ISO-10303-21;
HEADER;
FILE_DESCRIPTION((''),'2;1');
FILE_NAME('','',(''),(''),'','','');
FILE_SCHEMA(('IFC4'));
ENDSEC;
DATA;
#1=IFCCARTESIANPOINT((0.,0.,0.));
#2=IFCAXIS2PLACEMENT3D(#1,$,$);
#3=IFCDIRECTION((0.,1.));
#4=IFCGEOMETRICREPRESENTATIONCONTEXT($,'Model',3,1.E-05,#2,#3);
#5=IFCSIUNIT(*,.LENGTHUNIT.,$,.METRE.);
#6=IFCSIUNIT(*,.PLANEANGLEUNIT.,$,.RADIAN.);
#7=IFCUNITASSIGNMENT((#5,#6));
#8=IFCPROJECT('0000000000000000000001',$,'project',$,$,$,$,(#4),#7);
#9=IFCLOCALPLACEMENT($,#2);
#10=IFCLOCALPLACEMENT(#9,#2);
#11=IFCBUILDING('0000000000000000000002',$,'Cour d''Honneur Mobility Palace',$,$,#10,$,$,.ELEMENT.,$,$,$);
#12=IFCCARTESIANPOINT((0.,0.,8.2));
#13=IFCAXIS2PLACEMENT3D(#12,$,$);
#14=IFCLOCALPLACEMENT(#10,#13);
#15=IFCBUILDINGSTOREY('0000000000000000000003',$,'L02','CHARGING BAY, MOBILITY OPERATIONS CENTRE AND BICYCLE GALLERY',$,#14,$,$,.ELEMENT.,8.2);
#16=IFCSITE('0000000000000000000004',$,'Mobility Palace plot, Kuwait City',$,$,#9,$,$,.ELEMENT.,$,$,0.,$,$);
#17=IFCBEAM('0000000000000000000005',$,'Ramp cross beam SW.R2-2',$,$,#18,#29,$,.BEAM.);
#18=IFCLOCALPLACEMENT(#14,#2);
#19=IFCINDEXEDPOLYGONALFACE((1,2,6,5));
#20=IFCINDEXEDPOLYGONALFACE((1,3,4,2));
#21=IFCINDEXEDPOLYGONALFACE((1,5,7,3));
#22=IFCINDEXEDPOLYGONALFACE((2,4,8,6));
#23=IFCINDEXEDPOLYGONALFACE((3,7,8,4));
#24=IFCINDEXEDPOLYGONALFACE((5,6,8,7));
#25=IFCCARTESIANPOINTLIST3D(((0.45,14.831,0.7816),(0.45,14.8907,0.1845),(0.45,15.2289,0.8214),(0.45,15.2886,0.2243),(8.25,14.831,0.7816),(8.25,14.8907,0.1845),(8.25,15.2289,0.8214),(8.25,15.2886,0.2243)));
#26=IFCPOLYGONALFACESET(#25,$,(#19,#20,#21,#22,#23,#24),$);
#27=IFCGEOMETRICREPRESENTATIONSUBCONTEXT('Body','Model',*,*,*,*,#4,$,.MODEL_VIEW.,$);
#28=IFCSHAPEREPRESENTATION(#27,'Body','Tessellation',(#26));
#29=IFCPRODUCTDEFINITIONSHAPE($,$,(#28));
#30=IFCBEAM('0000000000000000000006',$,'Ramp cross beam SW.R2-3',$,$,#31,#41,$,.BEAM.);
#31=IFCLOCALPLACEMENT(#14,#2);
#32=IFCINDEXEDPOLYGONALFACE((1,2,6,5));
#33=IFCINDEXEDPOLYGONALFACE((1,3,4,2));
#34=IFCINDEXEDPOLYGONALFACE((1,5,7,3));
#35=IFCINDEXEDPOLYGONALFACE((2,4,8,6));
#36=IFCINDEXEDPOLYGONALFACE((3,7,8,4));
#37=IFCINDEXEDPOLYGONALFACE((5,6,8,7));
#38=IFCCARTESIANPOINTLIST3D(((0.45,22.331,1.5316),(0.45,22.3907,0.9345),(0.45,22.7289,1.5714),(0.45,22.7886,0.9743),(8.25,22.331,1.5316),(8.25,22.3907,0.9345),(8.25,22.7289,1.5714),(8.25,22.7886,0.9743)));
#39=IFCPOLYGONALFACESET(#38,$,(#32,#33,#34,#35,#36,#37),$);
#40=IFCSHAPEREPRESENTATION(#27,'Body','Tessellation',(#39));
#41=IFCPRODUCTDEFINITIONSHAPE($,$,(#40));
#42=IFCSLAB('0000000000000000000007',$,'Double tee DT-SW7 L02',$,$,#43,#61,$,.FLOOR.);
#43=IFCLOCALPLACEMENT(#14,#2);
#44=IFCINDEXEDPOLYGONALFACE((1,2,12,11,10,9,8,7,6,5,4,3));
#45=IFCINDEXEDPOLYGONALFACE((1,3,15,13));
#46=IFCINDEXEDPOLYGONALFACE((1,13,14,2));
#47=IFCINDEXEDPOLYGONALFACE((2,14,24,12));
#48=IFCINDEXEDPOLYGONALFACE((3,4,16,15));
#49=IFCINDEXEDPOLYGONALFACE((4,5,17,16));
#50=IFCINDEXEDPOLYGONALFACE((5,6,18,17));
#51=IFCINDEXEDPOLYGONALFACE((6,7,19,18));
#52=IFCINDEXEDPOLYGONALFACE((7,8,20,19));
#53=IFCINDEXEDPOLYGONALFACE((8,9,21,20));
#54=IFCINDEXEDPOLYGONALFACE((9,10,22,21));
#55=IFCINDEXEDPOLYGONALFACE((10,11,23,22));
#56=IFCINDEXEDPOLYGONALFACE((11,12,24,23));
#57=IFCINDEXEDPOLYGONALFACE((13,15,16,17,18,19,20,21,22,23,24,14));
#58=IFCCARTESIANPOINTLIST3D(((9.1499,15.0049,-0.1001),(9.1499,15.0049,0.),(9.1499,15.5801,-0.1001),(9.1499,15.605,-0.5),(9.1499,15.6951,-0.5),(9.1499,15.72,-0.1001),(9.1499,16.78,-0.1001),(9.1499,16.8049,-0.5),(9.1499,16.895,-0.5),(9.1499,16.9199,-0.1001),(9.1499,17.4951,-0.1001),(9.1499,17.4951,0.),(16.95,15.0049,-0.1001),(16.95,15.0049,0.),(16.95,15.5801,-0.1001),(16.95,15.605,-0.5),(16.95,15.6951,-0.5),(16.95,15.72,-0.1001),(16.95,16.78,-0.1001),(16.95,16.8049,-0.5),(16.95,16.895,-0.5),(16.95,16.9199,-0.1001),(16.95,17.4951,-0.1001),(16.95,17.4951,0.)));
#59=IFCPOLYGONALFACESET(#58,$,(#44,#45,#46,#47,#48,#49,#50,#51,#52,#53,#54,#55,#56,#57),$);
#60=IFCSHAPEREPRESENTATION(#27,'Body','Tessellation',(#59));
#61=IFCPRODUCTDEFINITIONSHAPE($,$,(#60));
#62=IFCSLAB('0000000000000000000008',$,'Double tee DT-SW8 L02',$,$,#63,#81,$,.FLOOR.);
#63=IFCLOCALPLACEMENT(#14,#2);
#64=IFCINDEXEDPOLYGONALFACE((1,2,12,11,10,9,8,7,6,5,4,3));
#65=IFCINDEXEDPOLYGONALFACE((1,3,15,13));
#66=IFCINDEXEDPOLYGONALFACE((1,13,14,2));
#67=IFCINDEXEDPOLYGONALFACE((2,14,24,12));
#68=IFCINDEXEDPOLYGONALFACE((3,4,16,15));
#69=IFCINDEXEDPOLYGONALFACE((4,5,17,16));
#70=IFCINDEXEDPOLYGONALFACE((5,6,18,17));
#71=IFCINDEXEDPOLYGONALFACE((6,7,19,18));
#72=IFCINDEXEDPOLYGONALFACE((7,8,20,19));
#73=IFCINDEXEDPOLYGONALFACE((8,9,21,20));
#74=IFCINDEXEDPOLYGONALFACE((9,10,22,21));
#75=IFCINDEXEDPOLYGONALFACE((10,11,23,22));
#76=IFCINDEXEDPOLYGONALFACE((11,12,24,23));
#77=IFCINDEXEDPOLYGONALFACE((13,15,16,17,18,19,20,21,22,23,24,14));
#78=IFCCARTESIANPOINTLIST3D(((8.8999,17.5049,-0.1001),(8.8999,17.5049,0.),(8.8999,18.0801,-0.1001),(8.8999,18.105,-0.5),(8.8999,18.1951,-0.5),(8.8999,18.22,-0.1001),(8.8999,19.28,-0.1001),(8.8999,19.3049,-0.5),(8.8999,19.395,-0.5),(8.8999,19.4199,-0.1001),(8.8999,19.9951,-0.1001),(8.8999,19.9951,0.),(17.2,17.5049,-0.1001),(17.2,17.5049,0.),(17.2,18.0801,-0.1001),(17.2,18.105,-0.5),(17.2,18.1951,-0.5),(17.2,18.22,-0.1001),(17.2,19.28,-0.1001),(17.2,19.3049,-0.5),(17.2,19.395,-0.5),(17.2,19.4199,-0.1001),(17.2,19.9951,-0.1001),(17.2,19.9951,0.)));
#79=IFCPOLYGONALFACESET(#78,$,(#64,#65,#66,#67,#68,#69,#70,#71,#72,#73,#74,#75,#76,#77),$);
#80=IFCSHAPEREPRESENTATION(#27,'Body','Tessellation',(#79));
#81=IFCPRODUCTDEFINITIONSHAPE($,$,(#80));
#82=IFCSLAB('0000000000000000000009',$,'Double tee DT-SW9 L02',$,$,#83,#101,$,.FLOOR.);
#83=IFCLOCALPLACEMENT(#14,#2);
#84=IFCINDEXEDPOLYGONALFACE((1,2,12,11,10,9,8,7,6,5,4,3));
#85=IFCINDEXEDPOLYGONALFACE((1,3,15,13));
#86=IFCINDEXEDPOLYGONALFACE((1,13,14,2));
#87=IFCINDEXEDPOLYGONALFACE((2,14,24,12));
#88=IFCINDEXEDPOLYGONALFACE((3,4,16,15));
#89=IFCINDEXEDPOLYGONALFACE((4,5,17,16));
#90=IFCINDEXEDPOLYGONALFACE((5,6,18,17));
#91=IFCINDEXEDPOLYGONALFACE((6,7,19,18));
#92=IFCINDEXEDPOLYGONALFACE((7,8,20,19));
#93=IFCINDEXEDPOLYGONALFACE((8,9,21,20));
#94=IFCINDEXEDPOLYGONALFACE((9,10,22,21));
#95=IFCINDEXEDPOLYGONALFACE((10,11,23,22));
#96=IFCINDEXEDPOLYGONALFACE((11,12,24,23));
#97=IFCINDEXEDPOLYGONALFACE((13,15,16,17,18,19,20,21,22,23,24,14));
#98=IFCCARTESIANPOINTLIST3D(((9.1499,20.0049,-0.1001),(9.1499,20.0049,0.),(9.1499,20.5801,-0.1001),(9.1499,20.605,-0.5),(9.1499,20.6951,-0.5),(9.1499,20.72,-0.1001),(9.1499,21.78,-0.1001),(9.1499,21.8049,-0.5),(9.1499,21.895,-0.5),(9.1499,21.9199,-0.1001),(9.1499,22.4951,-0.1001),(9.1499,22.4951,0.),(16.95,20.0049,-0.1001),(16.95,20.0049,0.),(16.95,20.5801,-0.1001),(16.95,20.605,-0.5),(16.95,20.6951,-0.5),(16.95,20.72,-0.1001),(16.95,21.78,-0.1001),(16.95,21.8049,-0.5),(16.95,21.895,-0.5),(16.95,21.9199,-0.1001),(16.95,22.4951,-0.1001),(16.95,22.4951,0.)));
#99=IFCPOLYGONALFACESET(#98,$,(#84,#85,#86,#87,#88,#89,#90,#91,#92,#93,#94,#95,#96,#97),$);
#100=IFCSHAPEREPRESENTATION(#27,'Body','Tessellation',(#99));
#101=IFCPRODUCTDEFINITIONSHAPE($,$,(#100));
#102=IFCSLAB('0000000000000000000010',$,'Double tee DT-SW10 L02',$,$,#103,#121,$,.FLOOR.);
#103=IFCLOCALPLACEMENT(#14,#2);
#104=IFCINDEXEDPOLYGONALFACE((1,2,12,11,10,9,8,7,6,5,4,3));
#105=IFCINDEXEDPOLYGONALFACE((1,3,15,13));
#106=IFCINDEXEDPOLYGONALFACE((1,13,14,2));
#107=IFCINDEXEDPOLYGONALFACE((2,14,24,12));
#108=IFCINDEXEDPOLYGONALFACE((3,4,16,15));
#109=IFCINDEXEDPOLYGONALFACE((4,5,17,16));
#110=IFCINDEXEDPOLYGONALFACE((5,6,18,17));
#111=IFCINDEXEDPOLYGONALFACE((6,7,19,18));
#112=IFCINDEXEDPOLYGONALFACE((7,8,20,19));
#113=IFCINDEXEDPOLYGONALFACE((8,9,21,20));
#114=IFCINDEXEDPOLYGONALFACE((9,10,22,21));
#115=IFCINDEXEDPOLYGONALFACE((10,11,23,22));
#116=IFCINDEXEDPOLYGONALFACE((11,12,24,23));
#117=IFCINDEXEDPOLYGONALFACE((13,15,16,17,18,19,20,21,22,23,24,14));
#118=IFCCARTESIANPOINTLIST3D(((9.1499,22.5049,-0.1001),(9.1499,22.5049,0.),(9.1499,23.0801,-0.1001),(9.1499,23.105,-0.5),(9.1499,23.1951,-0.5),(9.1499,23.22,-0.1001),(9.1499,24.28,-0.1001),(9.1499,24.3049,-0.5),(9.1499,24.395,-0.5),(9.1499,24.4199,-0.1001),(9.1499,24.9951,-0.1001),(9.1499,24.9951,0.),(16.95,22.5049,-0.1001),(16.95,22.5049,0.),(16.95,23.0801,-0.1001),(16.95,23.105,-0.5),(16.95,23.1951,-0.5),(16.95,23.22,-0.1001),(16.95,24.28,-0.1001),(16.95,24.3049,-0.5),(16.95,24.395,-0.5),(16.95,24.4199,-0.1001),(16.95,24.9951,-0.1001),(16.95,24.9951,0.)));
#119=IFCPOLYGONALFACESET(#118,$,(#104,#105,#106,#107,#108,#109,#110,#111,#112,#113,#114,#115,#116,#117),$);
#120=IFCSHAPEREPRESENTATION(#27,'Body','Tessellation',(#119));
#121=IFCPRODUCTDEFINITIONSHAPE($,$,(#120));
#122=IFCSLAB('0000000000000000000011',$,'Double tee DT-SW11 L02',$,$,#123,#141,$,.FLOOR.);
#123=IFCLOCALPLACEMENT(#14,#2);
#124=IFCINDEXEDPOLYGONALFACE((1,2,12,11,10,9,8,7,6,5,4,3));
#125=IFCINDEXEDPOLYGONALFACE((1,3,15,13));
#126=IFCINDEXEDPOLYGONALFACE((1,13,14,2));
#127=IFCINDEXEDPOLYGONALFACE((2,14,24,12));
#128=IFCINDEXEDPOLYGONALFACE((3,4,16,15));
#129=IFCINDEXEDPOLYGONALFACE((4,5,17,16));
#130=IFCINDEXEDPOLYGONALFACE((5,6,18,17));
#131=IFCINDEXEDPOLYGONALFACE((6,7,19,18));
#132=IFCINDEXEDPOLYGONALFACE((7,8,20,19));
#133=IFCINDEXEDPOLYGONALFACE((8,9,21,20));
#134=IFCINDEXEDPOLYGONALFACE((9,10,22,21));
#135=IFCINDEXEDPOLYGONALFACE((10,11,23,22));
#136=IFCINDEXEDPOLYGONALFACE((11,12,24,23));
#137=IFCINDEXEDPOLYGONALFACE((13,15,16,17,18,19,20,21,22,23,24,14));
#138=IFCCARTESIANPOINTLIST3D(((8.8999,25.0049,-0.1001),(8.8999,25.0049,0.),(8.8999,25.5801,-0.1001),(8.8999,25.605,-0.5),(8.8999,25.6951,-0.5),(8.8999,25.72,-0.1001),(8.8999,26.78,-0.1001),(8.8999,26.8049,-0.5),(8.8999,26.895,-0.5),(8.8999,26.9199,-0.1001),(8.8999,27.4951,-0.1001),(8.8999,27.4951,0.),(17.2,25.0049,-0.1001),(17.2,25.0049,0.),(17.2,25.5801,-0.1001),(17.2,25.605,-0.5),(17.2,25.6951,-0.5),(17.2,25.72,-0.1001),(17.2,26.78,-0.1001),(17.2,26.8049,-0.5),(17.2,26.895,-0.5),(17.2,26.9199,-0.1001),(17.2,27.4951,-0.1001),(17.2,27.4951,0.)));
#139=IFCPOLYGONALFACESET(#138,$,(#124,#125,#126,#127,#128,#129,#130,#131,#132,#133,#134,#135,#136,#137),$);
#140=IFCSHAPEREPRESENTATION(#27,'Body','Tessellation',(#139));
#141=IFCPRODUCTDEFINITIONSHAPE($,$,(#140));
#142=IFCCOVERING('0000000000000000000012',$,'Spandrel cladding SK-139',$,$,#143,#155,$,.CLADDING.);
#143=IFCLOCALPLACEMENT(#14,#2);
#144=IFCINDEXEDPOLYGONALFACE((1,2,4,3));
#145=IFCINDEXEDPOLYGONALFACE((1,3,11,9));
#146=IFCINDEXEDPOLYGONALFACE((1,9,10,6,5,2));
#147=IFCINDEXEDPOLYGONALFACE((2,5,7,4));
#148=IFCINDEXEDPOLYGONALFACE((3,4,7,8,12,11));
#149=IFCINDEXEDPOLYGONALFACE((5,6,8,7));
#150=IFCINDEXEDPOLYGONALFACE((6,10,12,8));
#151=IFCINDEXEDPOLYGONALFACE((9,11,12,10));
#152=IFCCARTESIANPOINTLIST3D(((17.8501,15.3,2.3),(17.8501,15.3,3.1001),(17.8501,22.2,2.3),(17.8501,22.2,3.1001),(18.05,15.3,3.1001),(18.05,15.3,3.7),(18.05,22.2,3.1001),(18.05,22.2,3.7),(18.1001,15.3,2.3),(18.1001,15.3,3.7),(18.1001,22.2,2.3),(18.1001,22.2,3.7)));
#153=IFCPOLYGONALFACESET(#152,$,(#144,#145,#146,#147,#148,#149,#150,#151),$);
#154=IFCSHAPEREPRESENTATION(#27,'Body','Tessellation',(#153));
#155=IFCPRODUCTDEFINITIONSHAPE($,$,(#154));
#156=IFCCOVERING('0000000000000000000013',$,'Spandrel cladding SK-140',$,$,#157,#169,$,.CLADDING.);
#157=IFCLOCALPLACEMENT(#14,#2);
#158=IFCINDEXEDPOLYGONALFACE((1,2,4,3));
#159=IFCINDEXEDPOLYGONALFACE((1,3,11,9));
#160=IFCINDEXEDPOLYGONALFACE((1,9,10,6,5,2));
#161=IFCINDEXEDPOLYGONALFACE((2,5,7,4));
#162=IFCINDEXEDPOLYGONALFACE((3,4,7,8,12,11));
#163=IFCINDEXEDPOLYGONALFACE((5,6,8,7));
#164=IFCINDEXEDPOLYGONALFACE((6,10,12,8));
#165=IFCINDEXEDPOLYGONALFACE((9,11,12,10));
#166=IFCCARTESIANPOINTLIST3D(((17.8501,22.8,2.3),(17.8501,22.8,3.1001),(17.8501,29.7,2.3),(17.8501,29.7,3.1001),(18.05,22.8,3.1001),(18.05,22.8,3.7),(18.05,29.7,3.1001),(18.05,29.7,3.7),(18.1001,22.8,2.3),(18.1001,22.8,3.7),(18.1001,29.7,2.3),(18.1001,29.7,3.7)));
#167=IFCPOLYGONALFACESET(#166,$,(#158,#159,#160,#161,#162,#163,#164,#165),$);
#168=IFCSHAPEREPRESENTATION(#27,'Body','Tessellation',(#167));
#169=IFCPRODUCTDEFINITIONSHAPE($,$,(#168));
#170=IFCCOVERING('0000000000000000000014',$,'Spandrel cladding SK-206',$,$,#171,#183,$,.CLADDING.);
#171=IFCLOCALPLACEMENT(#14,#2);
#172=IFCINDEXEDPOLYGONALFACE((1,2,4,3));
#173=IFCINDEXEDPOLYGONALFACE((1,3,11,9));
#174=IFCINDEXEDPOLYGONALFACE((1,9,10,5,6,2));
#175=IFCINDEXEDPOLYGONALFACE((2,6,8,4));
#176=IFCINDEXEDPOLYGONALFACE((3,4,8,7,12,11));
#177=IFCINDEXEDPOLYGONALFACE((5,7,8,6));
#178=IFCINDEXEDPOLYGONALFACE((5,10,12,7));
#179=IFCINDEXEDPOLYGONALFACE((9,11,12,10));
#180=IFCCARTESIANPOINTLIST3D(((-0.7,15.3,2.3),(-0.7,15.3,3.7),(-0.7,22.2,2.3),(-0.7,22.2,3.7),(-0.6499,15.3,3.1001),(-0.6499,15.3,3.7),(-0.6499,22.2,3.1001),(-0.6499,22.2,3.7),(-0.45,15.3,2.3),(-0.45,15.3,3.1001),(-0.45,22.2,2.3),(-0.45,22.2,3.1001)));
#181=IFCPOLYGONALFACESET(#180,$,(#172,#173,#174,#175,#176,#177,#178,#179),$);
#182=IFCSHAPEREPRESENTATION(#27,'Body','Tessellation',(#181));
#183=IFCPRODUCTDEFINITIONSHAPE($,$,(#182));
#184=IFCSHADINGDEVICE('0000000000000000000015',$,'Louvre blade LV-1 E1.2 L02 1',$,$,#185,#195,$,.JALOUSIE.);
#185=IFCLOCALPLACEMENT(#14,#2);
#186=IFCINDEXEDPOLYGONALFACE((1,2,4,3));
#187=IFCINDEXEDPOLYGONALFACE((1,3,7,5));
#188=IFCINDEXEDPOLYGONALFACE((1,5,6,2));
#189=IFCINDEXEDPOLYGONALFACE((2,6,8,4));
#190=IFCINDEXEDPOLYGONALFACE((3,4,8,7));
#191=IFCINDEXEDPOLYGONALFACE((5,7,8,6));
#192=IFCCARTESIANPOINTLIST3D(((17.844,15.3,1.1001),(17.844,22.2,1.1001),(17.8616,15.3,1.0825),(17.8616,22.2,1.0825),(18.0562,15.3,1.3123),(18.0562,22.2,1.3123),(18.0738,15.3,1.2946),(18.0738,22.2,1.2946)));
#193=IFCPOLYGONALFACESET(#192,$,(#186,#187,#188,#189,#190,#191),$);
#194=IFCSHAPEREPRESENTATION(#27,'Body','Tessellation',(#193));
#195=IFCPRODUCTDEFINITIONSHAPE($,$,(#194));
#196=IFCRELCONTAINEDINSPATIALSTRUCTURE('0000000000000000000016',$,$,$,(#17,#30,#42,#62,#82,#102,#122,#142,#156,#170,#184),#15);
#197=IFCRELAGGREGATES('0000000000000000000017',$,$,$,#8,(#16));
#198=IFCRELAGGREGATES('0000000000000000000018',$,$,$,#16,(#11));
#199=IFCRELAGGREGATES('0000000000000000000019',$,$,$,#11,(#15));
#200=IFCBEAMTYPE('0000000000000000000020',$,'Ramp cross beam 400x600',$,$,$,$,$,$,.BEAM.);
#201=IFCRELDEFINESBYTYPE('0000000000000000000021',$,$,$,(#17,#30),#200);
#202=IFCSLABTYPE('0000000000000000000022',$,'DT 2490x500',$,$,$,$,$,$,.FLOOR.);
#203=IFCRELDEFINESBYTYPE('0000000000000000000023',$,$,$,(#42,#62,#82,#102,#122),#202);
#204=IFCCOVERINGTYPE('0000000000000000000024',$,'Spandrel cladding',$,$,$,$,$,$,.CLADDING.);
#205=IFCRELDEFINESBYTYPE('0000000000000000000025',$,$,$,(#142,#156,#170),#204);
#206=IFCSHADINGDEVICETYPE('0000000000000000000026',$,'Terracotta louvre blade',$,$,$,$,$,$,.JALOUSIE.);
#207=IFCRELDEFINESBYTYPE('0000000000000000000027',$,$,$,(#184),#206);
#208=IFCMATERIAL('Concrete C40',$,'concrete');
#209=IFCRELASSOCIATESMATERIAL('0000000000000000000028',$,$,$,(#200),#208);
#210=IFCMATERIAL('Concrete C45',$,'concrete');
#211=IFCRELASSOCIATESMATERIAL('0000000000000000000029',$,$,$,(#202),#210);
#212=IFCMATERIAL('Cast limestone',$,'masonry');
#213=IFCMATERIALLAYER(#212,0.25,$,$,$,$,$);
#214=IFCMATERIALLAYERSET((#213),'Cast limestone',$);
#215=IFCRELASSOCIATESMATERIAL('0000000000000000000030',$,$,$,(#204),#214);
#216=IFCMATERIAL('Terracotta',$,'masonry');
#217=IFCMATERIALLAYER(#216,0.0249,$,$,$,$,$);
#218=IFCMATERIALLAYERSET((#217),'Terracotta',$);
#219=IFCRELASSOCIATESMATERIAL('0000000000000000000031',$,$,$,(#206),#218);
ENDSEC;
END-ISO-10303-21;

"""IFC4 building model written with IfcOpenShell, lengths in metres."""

from ifc_helpers import new_model, si_unit, direction, frame, origin, origin_2d, place, context, subcontext, project, spatial, polyline, rectangle, outline, extrude, material, layer, layer_set, material_profile, profile_set, type_object, element, save


model = new_model("IFC4")

# Units and contexts
model_context = context("Model", 3, precision=1e-05, world=origin(), true_north=direction((0.0, 1.0)))
body_context = subcontext(model_context, "Body", "Model", "MODEL_VIEW")
ifc_project = project(units=[si_unit("LENGTHUNIT", "METRE"), si_unit("PLANEANGLEUNIT", "RADIAN")], contexts=[model_context])

# Site, building, storey
site_placement = place(None, origin())
site = spatial("IfcSite", under=ifc_project, at=site_placement, Name="Mobility Palace plot, Kuwait City", CompositionType="ELEMENT", RefElevation=0.0)
building_placement = place(site_placement, origin())
building = spatial("IfcBuilding", under=site, at=building_placement, Name="Cour d'Honneur Mobility Palace", CompositionType="ELEMENT")
storey_placement = place(building_placement, frame((0.0, 0.0, 8.2)))
storey = spatial("IfcBuildingStorey", under=building, at=storey_placement, Name="L02", Description="CHARGING BAY, MOBILITY OPERATIONS CENTRE AND BICYCLE GALLERY", CompositionType="ELEMENT", Elevation=8.2)

# Beams
ifc_material_1 = material(Name="Concrete C40", Category="concrete")
ifc_material_profile_1 = material_profile(ifc_material_1, rectangle(XDim=0.3999, YDim=0.6001, at=origin_2d()), Name="Ramp cross beam 400x600")
ifc_profile_set_1 = profile_set([ifc_material_profile_1], Name="Concrete C40")
beam_type_1 = type_object("IfcBeamType", Name="Ramp cross beam 400x600", PredefinedType="BEAM", material=ifc_profile_set_1)
for number, where, z_axis, x_axis, name in (
    (1, (0.45, 15.0598, 0.5029), (1.0, 0.0, 0.0), (0.0, 0.995037, 0.099504), "Ramp cross beam SW.R2-2"),
    (2, (0.45, 22.5598, 1.2529), (1.0, 0.0, 0.0), (0.0, 0.995037, 0.099504), "Ramp cross beam SW.R2-3"),
):
    element("IfcBeam", number, at=place(storey_placement, frame(where, z_axis=z_axis, x_axis=x_axis)), inside=storey, type_object=beam_type_1, Name=name, PredefinedType="BEAM", context=body_context, shape_type="SweptSolid", body=[
        extrude(rectangle(XDim=0.3999, YDim=0.6001, at=origin_2d()), origin(), (0.0, 0.0, 1.0), 7.8),
    ])

# Slabs
ifc_material_2 = material(Name="Concrete C45", Category="concrete")
ifc_material_profile_2 = material_profile(ifc_material_2, outline(polyline([(-1.2451, 0.0), (1.2451, 0.0), (1.2451, -0.1001), (0.6699, -0.1001), (0.645, -0.5), (0.5549, -0.5), (0.53, -0.1001), (-0.53, -0.1001), (-0.5549, -0.5), (-0.645, -0.5), (-0.6699, -0.1001), (-1.2451, -0.1001), (-1.2451, 0.0)])), Name="DT 2490x500")
ifc_profile_set_2 = profile_set([ifc_material_profile_2], Name="Concrete C45")
slab_type = type_object("IfcSlabType", Name="DT 2490x500", PredefinedType="FLOOR", material=ifc_profile_set_2)
slab_1_placement = place(storey_placement, frame((9.1499, 16.25, 0.0), z_axis=(1.0, 0.0, 0.0), x_axis=(0.0, 1.0, 0.0)))
element("IfcSlab", 3, at=slab_1_placement, inside=storey, type_object=slab_type, Name="Double tee DT-SW7 L02", PredefinedType="FLOOR", context=body_context, shape_type="SweptSolid", body=[
    extrude(outline(polyline([(-1.2451, 0.0), (1.2451, 0.0), (1.2451, -0.1001), (0.6699, -0.1001), (0.645, -0.5), (0.5549, -0.5), (0.53, -0.1001), (-0.53, -0.1001), (-0.5549, -0.5), (-0.645, -0.5), (-0.6699, -0.1001), (-1.2451, -0.1001), (-1.2451, 0.0)])), origin(), (0.0, 0.0, 1.0), 7.8),
])
slab_2_placement = place(storey_placement, frame((8.8999, 18.75, 0.0), z_axis=(1.0, 0.0, 0.0), x_axis=(0.0, 1.0, 0.0)))
element("IfcSlab", 4, at=slab_2_placement, inside=storey, type_object=slab_type, Name="Double tee DT-SW8 L02", PredefinedType="FLOOR", context=body_context, shape_type="SweptSolid", body=[
    extrude(outline(polyline([(-1.2451, 0.0), (1.2451, 0.0), (1.2451, -0.1001), (0.6699, -0.1001), (0.645, -0.5), (0.5549, -0.5), (0.53, -0.1001), (-0.53, -0.1001), (-0.5549, -0.5), (-0.645, -0.5), (-0.6699, -0.1001), (-1.2451, -0.1001), (-1.2451, 0.0)])), origin(), (0.0, 0.0, 1.0), 8.3),
])
for number, where, z_axis, x_axis, name in (
    (5, (9.1499, 21.25, 0.0), (1.0, 0.0, 0.0), (0.0, 1.0, 0.0), "Double tee DT-SW9 L02"),
    (6, (9.1499, 23.75, 0.0), (1.0, 0.0, 0.0), (0.0, 1.0, 0.0), "Double tee DT-SW10 L02"),
):
    element("IfcSlab", number, at=place(storey_placement, frame(where, z_axis=z_axis, x_axis=x_axis)), inside=storey, type_object=slab_type, Name=name, PredefinedType="FLOOR", context=body_context, shape_type="SweptSolid", body=[
        extrude(outline(polyline([(-1.2451, 0.0), (1.2451, 0.0), (1.2451, -0.1001), (0.6699, -0.1001), (0.645, -0.5), (0.5549, -0.5), (0.53, -0.1001), (-0.53, -0.1001), (-0.5549, -0.5), (-0.645, -0.5), (-0.6699, -0.1001), (-1.2451, -0.1001), (-1.2451, 0.0)])), origin(), (0.0, 0.0, 1.0), 7.8),
    ])
slab_3_placement = place(storey_placement, frame((8.8999, 26.25, 0.0), z_axis=(1.0, 0.0, 0.0), x_axis=(0.0, 1.0, 0.0)))
element("IfcSlab", 7, at=slab_3_placement, inside=storey, type_object=slab_type, Name="Double tee DT-SW11 L02", PredefinedType="FLOOR", context=body_context, shape_type="SweptSolid", body=[
    extrude(outline(polyline([(-1.2451, 0.0), (1.2451, 0.0), (1.2451, -0.1001), (0.6699, -0.1001), (0.645, -0.5), (0.5549, -0.5), (0.53, -0.1001), (-0.53, -0.1001), (-0.5549, -0.5), (-0.645, -0.5), (-0.6699, -0.1001), (-1.2451, -0.1001), (-1.2451, 0.0)])), origin(), (0.0, 0.0, 1.0), 8.3),
])

# Coverings
ifc_material_3 = material(Name="Cast limestone", Category="masonry")
ifc_layer_1 = layer(ifc_material_3, 0.25)
ifc_layer_set_1 = layer_set([ifc_layer_1], Name="Cast limestone")
covering_type = type_object("IfcCoveringType", Name="Spandrel cladding", PredefinedType="CLADDING", material=ifc_layer_set_1)
for number, where, z_axis, x_axis, name in (
    (8, (17.8501, 15.3, 2.3), (0.0, -1.0, 0.0), (1.0, 0.0, 0.0), "Spandrel cladding SK-139"),
    (9, (17.8501, 22.8, 2.3), (0.0, -1.0, 0.0), (1.0, 0.0, 0.0), "Spandrel cladding SK-140"),
    (10, (-0.45, 22.2, 2.3), (0.0, 1.0, 0.0), (-1.0, 0.0, 0.0), "Spandrel cladding SK-206"),
):
    element("IfcCovering", number, at=place(storey_placement, frame(where, z_axis=z_axis, x_axis=x_axis)), inside=storey, type_object=covering_type, Name=name, PredefinedType="CLADDING", context=body_context, shape_type="SweptSolid", body=[
        extrude(outline(polyline([(0.0, 0.0), (0.25, 0.0), (0.25, 1.3999), (0.2, 1.3999), (0.2, 0.8), (0.0, 0.8), (0.0, 0.0)])), origin(), (0.0, 0.0, -1.0), 6.8999),
    ])

# Shading device
ifc_material_4 = material(Name="Terracotta", Category="masonry")
ifc_layer_2 = layer(ifc_material_4, 0.0249)
ifc_layer_set_2 = layer_set([ifc_layer_2], Name="Terracotta")
shading_device_type = type_object("IfcShadingDeviceType", Name="Terracotta louvre blade", PredefinedType="JALOUSIE", material=ifc_layer_set_2)
for number, where, z_axis, x_axis, name in (
    (11, (17.844, 15.3, 1.1001), (-0.707107, 0.0, 0.707107), (0.0, 1.0, 0.0), "Louvre blade LV-1 E1.2 L02 1"),
):
    element("IfcShadingDevice", number, at=place(storey_placement, frame(where, z_axis=z_axis, x_axis=x_axis)), inside=storey, type_object=shading_device_type, Name=name, PredefinedType="JALOUSIE", context=body_context, shape_type="SweptSolid", body=[
        extrude(outline(polyline([(0.0, 0.0), (6.8999, 0.0), (6.8999, -0.3), (0.0, -0.3), (0.0, 0.0)])), origin(), (0.0, 0.0, -1.0), 0.0249),
    ])

save(model, "model.ifc")
